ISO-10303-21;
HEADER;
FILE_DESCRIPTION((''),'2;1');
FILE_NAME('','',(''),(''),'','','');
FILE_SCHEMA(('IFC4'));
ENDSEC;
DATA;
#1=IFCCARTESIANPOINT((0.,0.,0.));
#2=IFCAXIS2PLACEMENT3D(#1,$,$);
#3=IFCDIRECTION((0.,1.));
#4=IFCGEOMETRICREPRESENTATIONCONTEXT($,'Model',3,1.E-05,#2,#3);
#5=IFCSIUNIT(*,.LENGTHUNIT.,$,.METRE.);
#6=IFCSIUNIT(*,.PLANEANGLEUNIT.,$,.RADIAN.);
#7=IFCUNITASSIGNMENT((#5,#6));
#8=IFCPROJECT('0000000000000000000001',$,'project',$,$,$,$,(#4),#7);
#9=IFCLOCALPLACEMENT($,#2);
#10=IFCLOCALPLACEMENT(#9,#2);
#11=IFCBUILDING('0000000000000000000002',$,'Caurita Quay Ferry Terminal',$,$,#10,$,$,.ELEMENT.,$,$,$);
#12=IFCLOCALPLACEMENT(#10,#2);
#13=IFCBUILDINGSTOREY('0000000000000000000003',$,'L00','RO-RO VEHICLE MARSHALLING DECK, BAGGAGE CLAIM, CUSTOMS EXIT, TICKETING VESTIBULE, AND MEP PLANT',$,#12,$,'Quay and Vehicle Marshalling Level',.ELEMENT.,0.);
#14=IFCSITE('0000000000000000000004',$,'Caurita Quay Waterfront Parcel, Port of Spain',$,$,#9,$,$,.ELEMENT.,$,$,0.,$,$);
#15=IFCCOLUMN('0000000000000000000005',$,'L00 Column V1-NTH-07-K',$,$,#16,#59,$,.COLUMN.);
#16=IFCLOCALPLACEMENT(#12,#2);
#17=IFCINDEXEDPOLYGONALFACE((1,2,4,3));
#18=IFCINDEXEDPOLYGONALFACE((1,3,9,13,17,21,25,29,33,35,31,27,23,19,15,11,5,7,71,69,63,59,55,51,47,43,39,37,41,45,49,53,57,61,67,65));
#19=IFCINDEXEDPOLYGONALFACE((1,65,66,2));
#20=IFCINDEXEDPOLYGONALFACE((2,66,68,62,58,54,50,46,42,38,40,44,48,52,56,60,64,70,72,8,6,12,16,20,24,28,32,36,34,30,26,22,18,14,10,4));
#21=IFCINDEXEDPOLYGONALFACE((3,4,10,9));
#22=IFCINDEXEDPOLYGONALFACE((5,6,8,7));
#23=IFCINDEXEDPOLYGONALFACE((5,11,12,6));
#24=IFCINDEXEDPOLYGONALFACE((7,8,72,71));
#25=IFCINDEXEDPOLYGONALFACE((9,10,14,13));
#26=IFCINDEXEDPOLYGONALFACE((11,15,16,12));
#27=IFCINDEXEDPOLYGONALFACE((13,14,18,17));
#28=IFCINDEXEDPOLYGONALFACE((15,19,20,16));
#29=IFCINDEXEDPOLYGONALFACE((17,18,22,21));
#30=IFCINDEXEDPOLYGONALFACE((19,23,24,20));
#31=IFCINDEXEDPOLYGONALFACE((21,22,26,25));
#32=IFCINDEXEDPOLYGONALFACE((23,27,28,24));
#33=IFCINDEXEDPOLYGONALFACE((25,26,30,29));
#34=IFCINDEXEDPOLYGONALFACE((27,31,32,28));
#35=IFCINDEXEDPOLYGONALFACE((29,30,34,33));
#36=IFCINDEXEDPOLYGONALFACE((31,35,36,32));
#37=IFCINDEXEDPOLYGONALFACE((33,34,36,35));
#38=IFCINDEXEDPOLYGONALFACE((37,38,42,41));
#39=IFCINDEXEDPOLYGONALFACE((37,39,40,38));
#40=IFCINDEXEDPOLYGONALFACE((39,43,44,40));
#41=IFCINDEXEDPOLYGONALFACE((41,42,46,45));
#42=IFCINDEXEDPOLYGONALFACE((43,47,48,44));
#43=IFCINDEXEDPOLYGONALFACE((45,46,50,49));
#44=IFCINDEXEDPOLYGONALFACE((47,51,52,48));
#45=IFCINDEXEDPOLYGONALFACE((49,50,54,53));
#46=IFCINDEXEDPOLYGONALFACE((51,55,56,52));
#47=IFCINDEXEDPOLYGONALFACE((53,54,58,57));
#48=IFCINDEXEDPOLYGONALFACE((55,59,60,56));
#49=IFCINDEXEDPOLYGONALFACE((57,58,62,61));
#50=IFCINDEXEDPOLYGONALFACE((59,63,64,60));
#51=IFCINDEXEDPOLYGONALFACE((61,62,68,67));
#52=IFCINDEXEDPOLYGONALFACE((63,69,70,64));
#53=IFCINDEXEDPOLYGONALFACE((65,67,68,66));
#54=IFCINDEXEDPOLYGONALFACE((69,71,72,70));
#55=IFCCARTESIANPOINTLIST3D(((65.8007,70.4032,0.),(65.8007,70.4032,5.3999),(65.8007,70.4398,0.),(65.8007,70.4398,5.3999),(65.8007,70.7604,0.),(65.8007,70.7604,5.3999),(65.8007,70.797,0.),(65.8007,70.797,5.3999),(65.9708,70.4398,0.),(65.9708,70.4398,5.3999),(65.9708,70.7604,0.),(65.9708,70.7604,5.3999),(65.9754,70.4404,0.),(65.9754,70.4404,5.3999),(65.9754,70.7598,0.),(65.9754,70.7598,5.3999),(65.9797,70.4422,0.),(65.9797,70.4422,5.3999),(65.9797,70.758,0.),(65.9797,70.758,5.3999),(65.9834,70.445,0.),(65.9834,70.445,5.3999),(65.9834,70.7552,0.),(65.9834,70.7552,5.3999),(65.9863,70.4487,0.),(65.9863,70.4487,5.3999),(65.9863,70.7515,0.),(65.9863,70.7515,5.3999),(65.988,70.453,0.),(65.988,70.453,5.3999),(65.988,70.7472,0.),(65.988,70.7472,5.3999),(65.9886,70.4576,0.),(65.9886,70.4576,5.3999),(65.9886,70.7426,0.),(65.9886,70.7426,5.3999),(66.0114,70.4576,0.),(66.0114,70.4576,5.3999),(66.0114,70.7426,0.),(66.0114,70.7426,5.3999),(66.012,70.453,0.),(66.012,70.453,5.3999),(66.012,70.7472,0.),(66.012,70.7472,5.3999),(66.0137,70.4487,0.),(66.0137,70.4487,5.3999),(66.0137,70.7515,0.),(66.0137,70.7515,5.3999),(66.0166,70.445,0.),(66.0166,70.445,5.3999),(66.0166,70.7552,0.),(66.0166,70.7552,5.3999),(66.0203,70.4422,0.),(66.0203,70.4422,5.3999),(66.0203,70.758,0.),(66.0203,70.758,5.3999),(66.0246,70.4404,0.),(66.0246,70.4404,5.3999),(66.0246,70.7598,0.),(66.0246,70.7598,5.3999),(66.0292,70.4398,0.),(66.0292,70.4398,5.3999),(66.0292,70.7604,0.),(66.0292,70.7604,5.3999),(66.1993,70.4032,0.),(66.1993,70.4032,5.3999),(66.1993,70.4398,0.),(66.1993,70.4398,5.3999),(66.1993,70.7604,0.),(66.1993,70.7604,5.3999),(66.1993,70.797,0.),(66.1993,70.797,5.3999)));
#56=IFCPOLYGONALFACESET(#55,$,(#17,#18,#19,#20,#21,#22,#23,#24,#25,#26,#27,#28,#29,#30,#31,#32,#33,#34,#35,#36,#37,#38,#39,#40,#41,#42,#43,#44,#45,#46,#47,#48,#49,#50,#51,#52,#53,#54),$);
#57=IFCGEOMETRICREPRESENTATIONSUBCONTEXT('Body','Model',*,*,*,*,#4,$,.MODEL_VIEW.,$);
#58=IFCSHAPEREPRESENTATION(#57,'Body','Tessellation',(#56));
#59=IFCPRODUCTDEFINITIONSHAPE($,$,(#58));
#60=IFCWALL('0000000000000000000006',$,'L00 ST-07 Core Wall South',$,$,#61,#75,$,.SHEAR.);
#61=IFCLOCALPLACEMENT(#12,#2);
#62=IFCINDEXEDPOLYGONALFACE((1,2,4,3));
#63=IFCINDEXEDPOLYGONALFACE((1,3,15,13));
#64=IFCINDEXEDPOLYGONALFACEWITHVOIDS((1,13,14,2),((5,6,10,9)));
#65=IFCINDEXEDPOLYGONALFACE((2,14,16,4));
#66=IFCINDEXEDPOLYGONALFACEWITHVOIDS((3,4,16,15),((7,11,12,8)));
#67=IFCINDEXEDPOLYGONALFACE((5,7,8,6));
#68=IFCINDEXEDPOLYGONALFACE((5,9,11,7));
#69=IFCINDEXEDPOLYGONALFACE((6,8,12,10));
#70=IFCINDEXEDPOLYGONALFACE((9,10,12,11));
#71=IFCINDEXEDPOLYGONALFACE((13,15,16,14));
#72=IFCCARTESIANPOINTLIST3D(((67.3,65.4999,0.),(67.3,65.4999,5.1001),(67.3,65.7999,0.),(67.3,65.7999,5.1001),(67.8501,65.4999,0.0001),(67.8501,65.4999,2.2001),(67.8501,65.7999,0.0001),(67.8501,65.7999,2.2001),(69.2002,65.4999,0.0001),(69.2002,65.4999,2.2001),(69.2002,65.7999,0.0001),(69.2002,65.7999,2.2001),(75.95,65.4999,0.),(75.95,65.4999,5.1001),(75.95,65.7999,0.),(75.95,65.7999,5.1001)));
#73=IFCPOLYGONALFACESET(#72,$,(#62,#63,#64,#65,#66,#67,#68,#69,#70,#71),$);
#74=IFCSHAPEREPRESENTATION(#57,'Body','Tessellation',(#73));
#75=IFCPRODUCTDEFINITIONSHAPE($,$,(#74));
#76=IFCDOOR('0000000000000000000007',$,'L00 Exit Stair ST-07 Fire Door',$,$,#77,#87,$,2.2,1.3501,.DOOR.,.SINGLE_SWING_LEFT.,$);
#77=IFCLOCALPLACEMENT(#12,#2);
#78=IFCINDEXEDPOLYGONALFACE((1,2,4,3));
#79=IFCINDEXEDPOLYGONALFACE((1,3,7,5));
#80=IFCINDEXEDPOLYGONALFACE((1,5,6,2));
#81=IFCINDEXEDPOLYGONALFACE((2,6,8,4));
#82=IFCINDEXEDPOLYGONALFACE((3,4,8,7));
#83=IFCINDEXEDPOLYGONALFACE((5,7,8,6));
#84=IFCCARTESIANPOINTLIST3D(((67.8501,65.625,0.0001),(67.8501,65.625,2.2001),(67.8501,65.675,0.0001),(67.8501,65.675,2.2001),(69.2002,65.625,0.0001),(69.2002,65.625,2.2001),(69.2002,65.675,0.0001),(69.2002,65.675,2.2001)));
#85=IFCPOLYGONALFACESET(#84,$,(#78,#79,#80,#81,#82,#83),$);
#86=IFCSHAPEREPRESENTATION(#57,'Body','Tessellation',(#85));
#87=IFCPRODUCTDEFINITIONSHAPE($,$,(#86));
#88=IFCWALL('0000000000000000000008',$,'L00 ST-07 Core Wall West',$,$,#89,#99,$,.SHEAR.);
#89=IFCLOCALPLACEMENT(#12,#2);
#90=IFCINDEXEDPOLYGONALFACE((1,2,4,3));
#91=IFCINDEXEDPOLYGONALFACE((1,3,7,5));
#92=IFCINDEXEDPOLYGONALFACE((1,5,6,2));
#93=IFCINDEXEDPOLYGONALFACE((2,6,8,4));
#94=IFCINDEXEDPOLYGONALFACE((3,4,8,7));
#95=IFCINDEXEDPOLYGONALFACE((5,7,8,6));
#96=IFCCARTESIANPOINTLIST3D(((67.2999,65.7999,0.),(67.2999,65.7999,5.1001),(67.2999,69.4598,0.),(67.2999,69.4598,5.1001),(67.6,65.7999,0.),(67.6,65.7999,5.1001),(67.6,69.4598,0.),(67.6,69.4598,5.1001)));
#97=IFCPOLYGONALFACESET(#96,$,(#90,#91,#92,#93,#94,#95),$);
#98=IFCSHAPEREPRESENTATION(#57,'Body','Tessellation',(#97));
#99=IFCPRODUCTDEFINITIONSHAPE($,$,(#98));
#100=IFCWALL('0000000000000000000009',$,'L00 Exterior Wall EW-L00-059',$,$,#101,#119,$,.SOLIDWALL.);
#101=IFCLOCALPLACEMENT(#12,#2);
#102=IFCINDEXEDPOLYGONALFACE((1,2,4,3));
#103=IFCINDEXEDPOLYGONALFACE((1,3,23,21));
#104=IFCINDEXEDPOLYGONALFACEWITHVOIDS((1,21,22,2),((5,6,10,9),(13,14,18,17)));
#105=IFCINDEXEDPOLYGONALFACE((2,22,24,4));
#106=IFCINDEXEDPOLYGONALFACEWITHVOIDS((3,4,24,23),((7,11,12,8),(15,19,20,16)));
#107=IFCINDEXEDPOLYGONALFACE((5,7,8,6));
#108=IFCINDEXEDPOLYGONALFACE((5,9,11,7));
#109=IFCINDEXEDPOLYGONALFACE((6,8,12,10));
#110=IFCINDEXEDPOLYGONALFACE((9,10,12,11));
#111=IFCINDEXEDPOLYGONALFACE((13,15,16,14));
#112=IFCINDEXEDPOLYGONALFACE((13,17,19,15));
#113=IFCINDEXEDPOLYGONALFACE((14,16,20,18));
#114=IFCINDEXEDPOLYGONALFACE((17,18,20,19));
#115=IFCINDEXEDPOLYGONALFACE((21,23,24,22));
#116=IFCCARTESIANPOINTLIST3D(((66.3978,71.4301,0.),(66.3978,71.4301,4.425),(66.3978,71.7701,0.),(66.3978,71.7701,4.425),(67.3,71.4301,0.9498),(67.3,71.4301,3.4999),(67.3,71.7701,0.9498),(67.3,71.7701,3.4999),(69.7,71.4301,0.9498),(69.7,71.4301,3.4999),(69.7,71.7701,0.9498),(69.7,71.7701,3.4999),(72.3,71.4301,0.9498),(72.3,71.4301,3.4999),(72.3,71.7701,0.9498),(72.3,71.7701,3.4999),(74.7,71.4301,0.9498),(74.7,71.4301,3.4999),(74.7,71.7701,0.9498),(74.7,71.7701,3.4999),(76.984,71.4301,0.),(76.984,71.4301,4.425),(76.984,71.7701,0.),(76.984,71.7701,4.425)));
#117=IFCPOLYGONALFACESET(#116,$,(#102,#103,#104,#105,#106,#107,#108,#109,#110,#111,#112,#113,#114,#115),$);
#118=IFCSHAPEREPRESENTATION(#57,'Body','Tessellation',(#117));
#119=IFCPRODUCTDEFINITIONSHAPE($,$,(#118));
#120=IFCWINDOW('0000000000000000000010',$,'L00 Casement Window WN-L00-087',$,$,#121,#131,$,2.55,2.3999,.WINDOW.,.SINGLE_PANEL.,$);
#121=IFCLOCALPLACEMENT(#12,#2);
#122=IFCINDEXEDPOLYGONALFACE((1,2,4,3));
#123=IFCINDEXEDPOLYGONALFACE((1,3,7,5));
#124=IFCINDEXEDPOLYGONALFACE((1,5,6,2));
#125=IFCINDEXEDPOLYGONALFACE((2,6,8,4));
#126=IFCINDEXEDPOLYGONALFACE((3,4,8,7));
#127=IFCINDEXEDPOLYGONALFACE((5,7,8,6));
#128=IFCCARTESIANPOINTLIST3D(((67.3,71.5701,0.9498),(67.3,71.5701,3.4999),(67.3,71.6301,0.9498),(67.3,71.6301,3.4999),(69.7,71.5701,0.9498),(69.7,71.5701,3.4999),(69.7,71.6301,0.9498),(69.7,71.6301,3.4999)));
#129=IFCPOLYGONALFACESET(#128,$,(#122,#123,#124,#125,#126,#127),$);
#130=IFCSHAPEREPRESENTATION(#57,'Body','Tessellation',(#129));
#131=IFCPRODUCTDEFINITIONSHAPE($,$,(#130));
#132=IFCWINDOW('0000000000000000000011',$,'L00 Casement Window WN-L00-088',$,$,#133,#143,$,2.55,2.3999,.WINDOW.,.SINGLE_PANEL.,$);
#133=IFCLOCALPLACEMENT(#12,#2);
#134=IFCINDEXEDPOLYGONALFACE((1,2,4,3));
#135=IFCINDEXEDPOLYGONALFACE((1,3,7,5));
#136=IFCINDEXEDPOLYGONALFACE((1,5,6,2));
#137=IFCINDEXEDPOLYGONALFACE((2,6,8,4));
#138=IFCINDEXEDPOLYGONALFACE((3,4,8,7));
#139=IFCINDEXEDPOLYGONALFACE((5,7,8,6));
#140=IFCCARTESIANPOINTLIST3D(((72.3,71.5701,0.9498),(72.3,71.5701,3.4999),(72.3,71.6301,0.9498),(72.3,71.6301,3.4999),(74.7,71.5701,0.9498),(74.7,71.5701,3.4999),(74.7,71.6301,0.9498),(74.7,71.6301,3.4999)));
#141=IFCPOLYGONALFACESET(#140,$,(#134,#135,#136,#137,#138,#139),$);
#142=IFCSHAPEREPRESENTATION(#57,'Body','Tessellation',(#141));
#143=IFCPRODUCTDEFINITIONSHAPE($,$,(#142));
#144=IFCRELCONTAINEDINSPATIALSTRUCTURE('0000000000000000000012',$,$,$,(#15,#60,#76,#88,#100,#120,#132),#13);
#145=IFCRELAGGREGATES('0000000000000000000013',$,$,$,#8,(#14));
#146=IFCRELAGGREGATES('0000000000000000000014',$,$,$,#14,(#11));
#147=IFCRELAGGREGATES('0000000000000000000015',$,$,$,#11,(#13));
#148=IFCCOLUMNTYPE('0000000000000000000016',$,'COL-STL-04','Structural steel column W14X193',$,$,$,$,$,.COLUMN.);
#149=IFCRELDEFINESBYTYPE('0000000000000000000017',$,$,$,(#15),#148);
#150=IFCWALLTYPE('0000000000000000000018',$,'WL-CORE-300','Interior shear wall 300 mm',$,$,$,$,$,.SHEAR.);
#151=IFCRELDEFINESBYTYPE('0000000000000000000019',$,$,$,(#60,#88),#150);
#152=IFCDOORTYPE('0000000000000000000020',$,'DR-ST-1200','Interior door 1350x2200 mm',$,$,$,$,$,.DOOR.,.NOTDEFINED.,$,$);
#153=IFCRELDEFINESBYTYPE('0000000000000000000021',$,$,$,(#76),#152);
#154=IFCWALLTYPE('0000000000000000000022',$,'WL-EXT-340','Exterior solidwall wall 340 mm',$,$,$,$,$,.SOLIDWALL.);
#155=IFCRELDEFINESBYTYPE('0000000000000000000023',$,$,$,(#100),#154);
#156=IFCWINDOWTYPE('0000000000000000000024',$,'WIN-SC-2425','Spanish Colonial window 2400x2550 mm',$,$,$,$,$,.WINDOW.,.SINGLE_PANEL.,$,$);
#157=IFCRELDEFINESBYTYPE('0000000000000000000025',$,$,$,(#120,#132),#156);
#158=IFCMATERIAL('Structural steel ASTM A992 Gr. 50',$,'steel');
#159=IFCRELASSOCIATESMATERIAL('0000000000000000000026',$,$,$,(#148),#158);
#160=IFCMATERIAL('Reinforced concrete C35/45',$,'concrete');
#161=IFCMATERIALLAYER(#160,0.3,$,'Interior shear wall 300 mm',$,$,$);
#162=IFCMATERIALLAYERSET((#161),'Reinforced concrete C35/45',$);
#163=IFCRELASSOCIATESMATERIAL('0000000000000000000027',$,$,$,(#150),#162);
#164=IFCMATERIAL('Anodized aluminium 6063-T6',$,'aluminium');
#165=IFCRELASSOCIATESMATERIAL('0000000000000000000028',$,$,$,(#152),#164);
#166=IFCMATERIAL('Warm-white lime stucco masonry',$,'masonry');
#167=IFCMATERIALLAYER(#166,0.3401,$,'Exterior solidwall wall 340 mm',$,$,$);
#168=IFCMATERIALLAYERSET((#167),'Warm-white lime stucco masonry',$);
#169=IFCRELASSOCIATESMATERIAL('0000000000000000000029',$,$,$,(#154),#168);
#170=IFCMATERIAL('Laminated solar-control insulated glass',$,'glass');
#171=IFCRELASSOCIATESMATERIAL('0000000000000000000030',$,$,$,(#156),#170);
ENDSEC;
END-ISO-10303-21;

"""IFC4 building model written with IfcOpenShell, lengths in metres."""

from ifc_helpers import new_model, si_unit, direction, frame, frame_2d, origin, origin_2d, place, context, subcontext, project, spatial, rectangle, i_section, extrude, material, layer, layer_set, material_profile, profile_set, type_object, element, fill, save


model = new_model("IFC4")

# Units and contexts
model_context = context("Model", 3, precision=1e-05, world=origin(), true_north=direction((0.0, 1.0)))
body_context = subcontext(model_context, "Body", "Model", "MODEL_VIEW")
ifc_project = project(units=[si_unit("LENGTHUNIT", "METRE"), si_unit("PLANEANGLEUNIT", "RADIAN")], contexts=[model_context])

# Site, building, storey
site_placement = place(None, origin())
site = spatial("IfcSite", under=ifc_project, at=site_placement, Name="Caurita Quay Waterfront Parcel, Port of Spain", CompositionType="ELEMENT", RefElevation=0.0)
building_placement = place(site_placement, origin())
building = spatial("IfcBuilding", under=site, at=building_placement, Name="Caurita Quay Ferry Terminal", CompositionType="ELEMENT")
storey_placement = place(building_placement, origin())
storey = spatial("IfcBuildingStorey", under=building, at=storey_placement, Name="L00", Description="RO-RO VEHICLE MARSHALLING DECK, BAGGAGE CLAIM, CUSTOMS EXIT, TICKETING VESTIBULE, AND MEP PLANT", LongName="Quay and Vehicle Marshalling Level", CompositionType="ELEMENT", Elevation=0.0)

# Column
ifc_material_1 = material(Name="Structural steel ASTM A992 Gr. 50", Category="steel")
ifc_material_profile_1 = material_profile(ifc_material_1, i_section(OverallWidth=0.3987, OverallDepth=0.3938, WebThickness=0.0227, FlangeThickness=0.0366, FilletRadius=0.0178, at=origin_2d()), Name="W14X193")
ifc_profile_set_1 = profile_set([ifc_material_profile_1], Name="Structural steel ASTM A992 Gr. 50")
column_type_1 = type_object("IfcColumnType", Name="COL-STL-04", Description="Structural steel column W14X193", PredefinedType="COLUMN", material=ifc_profile_set_1)
column_1_placement = place(storey_placement, frame((66.0, 70.6001, 0.0), z_axis=(0.0, 0.0, 1.0), x_axis=(1.0, 0.0, 0.0)))
element("IfcColumn", 1, at=column_1_placement, inside=storey, type_object=column_type_1, Name="L00 Column V1-NTH-07-K", PredefinedType="COLUMN", context=body_context, shape_type="SweptSolid", body=[
    extrude(i_section(OverallWidth=0.3987, OverallDepth=0.3938, WebThickness=0.0227, FlangeThickness=0.0366, FilletRadius=0.0178, at=origin_2d()), origin(), (0.0, 0.0, 1.0), 5.3999),
])

# Wall, opening, door
ifc_material_2 = material(Name="Reinforced concrete C35/45", Category="concrete")
ifc_layer_1 = layer(ifc_material_2, 0.3, Name="Interior shear wall 300 mm")
ifc_layer_set_1 = layer_set([ifc_layer_1], Name="Reinforced concrete C35/45")
wall_type_1 = type_object("IfcWallType", Name="WL-CORE-300", Description="Interior shear wall 300 mm", PredefinedType="SHEAR", material=ifc_layer_set_1)
wall_1_placement = place(storey_placement, frame((67.3, 65.6499, 0.0), z_axis=(0.0, 0.0, 1.0), x_axis=(1.0, 0.0, 0.0)))
wall_1 = element("IfcWall", 2, at=wall_1_placement, inside=storey, type_object=wall_type_1, Name="L00 ST-07 Core Wall South", PredefinedType="SHEAR", context=body_context, shape_type="SweptSolid", body=[
    extrude(rectangle(XDim=8.6499, YDim=0.3, at=frame_2d((4.325, 0.0))), origin(), (0.0, 0.0, 1.0), 5.1001),
])
opening_1_placement = place(wall_1_placement, frame((0.55, 0.0, 0.0)))
opening_1 = element("IfcOpeningElement", 3, at=opening_1_placement, cuts=wall_1, PredefinedType="OPENING", context=body_context, shape_type="SweptSolid", body=[
    extrude(rectangle(XDim=1.3501, YDim=2.2, at=frame_2d((0.675, 1.1001))), frame((0.0, 0.1599, 0.0), z_axis=(0.0, -1.0, 0.0), x_axis=(1.0, 0.0, 0.0)), (0.0, 0.0, 1.0), 0.3201),
])
ifc_material_3 = material(Name="Anodized aluminium 6063-T6", Category="aluminium")
door_type = type_object("IfcDoorType", Name="DR-ST-1200", Description="Interior door 1350x2200 mm", OperationType="NOTDEFINED", PredefinedType="DOOR", material=ifc_material_3)
door_placement = place(opening_1_placement, frame((1.3501, 0.0, 0.0), z_axis=(0.0, 0.0, 1.0), x_axis=(-1.0, 0.0, 0.0)))
door = element("IfcDoor", 4, at=door_placement, inside=storey, type_object=door_type, Name="L00 Exit Stair ST-07 Fire Door", OperationType="SINGLE_SWING_LEFT", OverallHeight=2.2, OverallWidth=1.3501, PredefinedType="DOOR", context=body_context, shape_type="SweptSolid", body=[
    extrude(rectangle(XDim=1.3501, YDim=2.2, at=frame_2d((0.675, 1.1001))), frame((0.0, 0.0249, 0.0), z_axis=(0.0, -1.0, 0.0), x_axis=(1.0, 0.0, 0.0)), (0.0, 0.0, 1.0), 0.05),
])
fill(opening_1, door)

# Wall
wall_2_placement = place(storey_placement, frame((67.45, 69.46, 0.0), z_axis=(0.0, 0.0, 1.0), x_axis=(0.0, -1.0, 0.0)))
element("IfcWall", 5, at=wall_2_placement, inside=storey, type_object=wall_type_1, Name="L00 ST-07 Core Wall West", PredefinedType="SHEAR", context=body_context, shape_type="SweptSolid", body=[
    extrude(rectangle(XDim=3.6599, YDim=0.3, at=frame_2d((1.8301, 0.0))), origin(), (0.0, 0.0, 1.0), 5.1001),
])

# Wall, openings, windows
ifc_material_4 = material(Name="Warm-white lime stucco masonry", Category="masonry")
ifc_layer_2 = layer(ifc_material_4, 0.3401, Name="Exterior solidwall wall 340 mm")
ifc_layer_set_2 = layer_set([ifc_layer_2], Name="Warm-white lime stucco masonry")
wall_type_2 = type_object("IfcWallType", Name="WL-EXT-340", Description="Exterior solidwall wall 340 mm", PredefinedType="SOLIDWALL", material=ifc_layer_set_2)
wall_3_placement = place(storey_placement, frame((66.3979, 71.6001, 0.0), z_axis=(0.0, 0.0, 1.0), x_axis=(1.0, 0.0, 0.0)))
wall_3 = element("IfcWall", 6, at=wall_3_placement, inside=storey, type_object=wall_type_2, Name="L00 Exterior Wall EW-L00-059", PredefinedType="SOLIDWALL", context=body_context, shape_type="SweptSolid", body=[
    extrude(rectangle(XDim=10.5862, YDim=0.3401, at=frame_2d((5.293, 0.0))), origin(), (0.0, 0.0, 1.0), 4.425),
])
opening_2_placement = place(wall_3_placement, frame((0.9021, 0.0, 0.95)))
opening_2 = element("IfcOpeningElement", 7, at=opening_2_placement, cuts=wall_3, PredefinedType="OPENING", context=body_context, shape_type="SweptSolid", body=[
    extrude(rectangle(XDim=2.3999, YDim=2.55, at=frame_2d((1.2, 1.2749))), frame((0.0, 0.1799, 0.0), z_axis=(0.0, -1.0, 0.0), x_axis=(1.0, 0.0, 0.0)), (0.0, 0.0, 1.0), 0.3601),
])
opening_3_placement = place(wall_3_placement, frame((5.9021, 0.0, 0.95)))
opening_3 = element("IfcOpeningElement", 8, at=opening_3_placement, cuts=wall_3, PredefinedType="OPENING", context=body_context, shape_type="SweptSolid", body=[
    extrude(rectangle(XDim=2.3999, YDim=2.55, at=frame_2d((1.2, 1.2749))), frame((0.0, 0.1799, 0.0), z_axis=(0.0, -1.0, 0.0), x_axis=(1.0, 0.0, 0.0)), (0.0, 0.0, 1.0), 0.3601),
])
ifc_material_5 = material(Name="Laminated solar-control insulated glass", Category="glass")
window_type = type_object("IfcWindowType", Name="WIN-SC-2425", Description="Spanish Colonial window 2400x2550 mm", PartitioningType="SINGLE_PANEL", PredefinedType="WINDOW", material=ifc_material_5)
window_1_placement = place(opening_2_placement, origin())
window_1 = element("IfcWindow", 9, at=window_1_placement, inside=storey, type_object=window_type, Name="L00 Casement Window WN-L00-087", OverallHeight=2.55, OverallWidth=2.3999, PartitioningType="SINGLE_PANEL", PredefinedType="WINDOW", context=body_context, shape_type="SweptSolid", body=[
    extrude(rectangle(XDim=2.3999, YDim=2.55, at=frame_2d((1.2, 1.2749))), frame((0.0, 0.03, 0.0), z_axis=(0.0, -1.0, 0.0), x_axis=(1.0, 0.0, 0.0)), (0.0, 0.0, 1.0), 0.0601),
])
fill(opening_2, window_1)
window_2_placement = place(opening_3_placement, origin())
window_2 = element("IfcWindow", 10, at=window_2_placement, inside=storey, type_object=window_type, Name="L00 Casement Window WN-L00-088", OverallHeight=2.55, OverallWidth=2.3999, PartitioningType="SINGLE_PANEL", PredefinedType="WINDOW", context=body_context, shape_type="SweptSolid", body=[
    extrude(rectangle(XDim=2.3999, YDim=2.55, at=frame_2d((1.2, 1.2749))), frame((0.0, 0.03, 0.0), z_axis=(0.0, -1.0, 0.0), x_axis=(1.0, 0.0, 0.0)), (0.0, 0.0, 1.0), 0.0601),
])
fill(opening_3, window_2)

save(model, "model.ifc")
